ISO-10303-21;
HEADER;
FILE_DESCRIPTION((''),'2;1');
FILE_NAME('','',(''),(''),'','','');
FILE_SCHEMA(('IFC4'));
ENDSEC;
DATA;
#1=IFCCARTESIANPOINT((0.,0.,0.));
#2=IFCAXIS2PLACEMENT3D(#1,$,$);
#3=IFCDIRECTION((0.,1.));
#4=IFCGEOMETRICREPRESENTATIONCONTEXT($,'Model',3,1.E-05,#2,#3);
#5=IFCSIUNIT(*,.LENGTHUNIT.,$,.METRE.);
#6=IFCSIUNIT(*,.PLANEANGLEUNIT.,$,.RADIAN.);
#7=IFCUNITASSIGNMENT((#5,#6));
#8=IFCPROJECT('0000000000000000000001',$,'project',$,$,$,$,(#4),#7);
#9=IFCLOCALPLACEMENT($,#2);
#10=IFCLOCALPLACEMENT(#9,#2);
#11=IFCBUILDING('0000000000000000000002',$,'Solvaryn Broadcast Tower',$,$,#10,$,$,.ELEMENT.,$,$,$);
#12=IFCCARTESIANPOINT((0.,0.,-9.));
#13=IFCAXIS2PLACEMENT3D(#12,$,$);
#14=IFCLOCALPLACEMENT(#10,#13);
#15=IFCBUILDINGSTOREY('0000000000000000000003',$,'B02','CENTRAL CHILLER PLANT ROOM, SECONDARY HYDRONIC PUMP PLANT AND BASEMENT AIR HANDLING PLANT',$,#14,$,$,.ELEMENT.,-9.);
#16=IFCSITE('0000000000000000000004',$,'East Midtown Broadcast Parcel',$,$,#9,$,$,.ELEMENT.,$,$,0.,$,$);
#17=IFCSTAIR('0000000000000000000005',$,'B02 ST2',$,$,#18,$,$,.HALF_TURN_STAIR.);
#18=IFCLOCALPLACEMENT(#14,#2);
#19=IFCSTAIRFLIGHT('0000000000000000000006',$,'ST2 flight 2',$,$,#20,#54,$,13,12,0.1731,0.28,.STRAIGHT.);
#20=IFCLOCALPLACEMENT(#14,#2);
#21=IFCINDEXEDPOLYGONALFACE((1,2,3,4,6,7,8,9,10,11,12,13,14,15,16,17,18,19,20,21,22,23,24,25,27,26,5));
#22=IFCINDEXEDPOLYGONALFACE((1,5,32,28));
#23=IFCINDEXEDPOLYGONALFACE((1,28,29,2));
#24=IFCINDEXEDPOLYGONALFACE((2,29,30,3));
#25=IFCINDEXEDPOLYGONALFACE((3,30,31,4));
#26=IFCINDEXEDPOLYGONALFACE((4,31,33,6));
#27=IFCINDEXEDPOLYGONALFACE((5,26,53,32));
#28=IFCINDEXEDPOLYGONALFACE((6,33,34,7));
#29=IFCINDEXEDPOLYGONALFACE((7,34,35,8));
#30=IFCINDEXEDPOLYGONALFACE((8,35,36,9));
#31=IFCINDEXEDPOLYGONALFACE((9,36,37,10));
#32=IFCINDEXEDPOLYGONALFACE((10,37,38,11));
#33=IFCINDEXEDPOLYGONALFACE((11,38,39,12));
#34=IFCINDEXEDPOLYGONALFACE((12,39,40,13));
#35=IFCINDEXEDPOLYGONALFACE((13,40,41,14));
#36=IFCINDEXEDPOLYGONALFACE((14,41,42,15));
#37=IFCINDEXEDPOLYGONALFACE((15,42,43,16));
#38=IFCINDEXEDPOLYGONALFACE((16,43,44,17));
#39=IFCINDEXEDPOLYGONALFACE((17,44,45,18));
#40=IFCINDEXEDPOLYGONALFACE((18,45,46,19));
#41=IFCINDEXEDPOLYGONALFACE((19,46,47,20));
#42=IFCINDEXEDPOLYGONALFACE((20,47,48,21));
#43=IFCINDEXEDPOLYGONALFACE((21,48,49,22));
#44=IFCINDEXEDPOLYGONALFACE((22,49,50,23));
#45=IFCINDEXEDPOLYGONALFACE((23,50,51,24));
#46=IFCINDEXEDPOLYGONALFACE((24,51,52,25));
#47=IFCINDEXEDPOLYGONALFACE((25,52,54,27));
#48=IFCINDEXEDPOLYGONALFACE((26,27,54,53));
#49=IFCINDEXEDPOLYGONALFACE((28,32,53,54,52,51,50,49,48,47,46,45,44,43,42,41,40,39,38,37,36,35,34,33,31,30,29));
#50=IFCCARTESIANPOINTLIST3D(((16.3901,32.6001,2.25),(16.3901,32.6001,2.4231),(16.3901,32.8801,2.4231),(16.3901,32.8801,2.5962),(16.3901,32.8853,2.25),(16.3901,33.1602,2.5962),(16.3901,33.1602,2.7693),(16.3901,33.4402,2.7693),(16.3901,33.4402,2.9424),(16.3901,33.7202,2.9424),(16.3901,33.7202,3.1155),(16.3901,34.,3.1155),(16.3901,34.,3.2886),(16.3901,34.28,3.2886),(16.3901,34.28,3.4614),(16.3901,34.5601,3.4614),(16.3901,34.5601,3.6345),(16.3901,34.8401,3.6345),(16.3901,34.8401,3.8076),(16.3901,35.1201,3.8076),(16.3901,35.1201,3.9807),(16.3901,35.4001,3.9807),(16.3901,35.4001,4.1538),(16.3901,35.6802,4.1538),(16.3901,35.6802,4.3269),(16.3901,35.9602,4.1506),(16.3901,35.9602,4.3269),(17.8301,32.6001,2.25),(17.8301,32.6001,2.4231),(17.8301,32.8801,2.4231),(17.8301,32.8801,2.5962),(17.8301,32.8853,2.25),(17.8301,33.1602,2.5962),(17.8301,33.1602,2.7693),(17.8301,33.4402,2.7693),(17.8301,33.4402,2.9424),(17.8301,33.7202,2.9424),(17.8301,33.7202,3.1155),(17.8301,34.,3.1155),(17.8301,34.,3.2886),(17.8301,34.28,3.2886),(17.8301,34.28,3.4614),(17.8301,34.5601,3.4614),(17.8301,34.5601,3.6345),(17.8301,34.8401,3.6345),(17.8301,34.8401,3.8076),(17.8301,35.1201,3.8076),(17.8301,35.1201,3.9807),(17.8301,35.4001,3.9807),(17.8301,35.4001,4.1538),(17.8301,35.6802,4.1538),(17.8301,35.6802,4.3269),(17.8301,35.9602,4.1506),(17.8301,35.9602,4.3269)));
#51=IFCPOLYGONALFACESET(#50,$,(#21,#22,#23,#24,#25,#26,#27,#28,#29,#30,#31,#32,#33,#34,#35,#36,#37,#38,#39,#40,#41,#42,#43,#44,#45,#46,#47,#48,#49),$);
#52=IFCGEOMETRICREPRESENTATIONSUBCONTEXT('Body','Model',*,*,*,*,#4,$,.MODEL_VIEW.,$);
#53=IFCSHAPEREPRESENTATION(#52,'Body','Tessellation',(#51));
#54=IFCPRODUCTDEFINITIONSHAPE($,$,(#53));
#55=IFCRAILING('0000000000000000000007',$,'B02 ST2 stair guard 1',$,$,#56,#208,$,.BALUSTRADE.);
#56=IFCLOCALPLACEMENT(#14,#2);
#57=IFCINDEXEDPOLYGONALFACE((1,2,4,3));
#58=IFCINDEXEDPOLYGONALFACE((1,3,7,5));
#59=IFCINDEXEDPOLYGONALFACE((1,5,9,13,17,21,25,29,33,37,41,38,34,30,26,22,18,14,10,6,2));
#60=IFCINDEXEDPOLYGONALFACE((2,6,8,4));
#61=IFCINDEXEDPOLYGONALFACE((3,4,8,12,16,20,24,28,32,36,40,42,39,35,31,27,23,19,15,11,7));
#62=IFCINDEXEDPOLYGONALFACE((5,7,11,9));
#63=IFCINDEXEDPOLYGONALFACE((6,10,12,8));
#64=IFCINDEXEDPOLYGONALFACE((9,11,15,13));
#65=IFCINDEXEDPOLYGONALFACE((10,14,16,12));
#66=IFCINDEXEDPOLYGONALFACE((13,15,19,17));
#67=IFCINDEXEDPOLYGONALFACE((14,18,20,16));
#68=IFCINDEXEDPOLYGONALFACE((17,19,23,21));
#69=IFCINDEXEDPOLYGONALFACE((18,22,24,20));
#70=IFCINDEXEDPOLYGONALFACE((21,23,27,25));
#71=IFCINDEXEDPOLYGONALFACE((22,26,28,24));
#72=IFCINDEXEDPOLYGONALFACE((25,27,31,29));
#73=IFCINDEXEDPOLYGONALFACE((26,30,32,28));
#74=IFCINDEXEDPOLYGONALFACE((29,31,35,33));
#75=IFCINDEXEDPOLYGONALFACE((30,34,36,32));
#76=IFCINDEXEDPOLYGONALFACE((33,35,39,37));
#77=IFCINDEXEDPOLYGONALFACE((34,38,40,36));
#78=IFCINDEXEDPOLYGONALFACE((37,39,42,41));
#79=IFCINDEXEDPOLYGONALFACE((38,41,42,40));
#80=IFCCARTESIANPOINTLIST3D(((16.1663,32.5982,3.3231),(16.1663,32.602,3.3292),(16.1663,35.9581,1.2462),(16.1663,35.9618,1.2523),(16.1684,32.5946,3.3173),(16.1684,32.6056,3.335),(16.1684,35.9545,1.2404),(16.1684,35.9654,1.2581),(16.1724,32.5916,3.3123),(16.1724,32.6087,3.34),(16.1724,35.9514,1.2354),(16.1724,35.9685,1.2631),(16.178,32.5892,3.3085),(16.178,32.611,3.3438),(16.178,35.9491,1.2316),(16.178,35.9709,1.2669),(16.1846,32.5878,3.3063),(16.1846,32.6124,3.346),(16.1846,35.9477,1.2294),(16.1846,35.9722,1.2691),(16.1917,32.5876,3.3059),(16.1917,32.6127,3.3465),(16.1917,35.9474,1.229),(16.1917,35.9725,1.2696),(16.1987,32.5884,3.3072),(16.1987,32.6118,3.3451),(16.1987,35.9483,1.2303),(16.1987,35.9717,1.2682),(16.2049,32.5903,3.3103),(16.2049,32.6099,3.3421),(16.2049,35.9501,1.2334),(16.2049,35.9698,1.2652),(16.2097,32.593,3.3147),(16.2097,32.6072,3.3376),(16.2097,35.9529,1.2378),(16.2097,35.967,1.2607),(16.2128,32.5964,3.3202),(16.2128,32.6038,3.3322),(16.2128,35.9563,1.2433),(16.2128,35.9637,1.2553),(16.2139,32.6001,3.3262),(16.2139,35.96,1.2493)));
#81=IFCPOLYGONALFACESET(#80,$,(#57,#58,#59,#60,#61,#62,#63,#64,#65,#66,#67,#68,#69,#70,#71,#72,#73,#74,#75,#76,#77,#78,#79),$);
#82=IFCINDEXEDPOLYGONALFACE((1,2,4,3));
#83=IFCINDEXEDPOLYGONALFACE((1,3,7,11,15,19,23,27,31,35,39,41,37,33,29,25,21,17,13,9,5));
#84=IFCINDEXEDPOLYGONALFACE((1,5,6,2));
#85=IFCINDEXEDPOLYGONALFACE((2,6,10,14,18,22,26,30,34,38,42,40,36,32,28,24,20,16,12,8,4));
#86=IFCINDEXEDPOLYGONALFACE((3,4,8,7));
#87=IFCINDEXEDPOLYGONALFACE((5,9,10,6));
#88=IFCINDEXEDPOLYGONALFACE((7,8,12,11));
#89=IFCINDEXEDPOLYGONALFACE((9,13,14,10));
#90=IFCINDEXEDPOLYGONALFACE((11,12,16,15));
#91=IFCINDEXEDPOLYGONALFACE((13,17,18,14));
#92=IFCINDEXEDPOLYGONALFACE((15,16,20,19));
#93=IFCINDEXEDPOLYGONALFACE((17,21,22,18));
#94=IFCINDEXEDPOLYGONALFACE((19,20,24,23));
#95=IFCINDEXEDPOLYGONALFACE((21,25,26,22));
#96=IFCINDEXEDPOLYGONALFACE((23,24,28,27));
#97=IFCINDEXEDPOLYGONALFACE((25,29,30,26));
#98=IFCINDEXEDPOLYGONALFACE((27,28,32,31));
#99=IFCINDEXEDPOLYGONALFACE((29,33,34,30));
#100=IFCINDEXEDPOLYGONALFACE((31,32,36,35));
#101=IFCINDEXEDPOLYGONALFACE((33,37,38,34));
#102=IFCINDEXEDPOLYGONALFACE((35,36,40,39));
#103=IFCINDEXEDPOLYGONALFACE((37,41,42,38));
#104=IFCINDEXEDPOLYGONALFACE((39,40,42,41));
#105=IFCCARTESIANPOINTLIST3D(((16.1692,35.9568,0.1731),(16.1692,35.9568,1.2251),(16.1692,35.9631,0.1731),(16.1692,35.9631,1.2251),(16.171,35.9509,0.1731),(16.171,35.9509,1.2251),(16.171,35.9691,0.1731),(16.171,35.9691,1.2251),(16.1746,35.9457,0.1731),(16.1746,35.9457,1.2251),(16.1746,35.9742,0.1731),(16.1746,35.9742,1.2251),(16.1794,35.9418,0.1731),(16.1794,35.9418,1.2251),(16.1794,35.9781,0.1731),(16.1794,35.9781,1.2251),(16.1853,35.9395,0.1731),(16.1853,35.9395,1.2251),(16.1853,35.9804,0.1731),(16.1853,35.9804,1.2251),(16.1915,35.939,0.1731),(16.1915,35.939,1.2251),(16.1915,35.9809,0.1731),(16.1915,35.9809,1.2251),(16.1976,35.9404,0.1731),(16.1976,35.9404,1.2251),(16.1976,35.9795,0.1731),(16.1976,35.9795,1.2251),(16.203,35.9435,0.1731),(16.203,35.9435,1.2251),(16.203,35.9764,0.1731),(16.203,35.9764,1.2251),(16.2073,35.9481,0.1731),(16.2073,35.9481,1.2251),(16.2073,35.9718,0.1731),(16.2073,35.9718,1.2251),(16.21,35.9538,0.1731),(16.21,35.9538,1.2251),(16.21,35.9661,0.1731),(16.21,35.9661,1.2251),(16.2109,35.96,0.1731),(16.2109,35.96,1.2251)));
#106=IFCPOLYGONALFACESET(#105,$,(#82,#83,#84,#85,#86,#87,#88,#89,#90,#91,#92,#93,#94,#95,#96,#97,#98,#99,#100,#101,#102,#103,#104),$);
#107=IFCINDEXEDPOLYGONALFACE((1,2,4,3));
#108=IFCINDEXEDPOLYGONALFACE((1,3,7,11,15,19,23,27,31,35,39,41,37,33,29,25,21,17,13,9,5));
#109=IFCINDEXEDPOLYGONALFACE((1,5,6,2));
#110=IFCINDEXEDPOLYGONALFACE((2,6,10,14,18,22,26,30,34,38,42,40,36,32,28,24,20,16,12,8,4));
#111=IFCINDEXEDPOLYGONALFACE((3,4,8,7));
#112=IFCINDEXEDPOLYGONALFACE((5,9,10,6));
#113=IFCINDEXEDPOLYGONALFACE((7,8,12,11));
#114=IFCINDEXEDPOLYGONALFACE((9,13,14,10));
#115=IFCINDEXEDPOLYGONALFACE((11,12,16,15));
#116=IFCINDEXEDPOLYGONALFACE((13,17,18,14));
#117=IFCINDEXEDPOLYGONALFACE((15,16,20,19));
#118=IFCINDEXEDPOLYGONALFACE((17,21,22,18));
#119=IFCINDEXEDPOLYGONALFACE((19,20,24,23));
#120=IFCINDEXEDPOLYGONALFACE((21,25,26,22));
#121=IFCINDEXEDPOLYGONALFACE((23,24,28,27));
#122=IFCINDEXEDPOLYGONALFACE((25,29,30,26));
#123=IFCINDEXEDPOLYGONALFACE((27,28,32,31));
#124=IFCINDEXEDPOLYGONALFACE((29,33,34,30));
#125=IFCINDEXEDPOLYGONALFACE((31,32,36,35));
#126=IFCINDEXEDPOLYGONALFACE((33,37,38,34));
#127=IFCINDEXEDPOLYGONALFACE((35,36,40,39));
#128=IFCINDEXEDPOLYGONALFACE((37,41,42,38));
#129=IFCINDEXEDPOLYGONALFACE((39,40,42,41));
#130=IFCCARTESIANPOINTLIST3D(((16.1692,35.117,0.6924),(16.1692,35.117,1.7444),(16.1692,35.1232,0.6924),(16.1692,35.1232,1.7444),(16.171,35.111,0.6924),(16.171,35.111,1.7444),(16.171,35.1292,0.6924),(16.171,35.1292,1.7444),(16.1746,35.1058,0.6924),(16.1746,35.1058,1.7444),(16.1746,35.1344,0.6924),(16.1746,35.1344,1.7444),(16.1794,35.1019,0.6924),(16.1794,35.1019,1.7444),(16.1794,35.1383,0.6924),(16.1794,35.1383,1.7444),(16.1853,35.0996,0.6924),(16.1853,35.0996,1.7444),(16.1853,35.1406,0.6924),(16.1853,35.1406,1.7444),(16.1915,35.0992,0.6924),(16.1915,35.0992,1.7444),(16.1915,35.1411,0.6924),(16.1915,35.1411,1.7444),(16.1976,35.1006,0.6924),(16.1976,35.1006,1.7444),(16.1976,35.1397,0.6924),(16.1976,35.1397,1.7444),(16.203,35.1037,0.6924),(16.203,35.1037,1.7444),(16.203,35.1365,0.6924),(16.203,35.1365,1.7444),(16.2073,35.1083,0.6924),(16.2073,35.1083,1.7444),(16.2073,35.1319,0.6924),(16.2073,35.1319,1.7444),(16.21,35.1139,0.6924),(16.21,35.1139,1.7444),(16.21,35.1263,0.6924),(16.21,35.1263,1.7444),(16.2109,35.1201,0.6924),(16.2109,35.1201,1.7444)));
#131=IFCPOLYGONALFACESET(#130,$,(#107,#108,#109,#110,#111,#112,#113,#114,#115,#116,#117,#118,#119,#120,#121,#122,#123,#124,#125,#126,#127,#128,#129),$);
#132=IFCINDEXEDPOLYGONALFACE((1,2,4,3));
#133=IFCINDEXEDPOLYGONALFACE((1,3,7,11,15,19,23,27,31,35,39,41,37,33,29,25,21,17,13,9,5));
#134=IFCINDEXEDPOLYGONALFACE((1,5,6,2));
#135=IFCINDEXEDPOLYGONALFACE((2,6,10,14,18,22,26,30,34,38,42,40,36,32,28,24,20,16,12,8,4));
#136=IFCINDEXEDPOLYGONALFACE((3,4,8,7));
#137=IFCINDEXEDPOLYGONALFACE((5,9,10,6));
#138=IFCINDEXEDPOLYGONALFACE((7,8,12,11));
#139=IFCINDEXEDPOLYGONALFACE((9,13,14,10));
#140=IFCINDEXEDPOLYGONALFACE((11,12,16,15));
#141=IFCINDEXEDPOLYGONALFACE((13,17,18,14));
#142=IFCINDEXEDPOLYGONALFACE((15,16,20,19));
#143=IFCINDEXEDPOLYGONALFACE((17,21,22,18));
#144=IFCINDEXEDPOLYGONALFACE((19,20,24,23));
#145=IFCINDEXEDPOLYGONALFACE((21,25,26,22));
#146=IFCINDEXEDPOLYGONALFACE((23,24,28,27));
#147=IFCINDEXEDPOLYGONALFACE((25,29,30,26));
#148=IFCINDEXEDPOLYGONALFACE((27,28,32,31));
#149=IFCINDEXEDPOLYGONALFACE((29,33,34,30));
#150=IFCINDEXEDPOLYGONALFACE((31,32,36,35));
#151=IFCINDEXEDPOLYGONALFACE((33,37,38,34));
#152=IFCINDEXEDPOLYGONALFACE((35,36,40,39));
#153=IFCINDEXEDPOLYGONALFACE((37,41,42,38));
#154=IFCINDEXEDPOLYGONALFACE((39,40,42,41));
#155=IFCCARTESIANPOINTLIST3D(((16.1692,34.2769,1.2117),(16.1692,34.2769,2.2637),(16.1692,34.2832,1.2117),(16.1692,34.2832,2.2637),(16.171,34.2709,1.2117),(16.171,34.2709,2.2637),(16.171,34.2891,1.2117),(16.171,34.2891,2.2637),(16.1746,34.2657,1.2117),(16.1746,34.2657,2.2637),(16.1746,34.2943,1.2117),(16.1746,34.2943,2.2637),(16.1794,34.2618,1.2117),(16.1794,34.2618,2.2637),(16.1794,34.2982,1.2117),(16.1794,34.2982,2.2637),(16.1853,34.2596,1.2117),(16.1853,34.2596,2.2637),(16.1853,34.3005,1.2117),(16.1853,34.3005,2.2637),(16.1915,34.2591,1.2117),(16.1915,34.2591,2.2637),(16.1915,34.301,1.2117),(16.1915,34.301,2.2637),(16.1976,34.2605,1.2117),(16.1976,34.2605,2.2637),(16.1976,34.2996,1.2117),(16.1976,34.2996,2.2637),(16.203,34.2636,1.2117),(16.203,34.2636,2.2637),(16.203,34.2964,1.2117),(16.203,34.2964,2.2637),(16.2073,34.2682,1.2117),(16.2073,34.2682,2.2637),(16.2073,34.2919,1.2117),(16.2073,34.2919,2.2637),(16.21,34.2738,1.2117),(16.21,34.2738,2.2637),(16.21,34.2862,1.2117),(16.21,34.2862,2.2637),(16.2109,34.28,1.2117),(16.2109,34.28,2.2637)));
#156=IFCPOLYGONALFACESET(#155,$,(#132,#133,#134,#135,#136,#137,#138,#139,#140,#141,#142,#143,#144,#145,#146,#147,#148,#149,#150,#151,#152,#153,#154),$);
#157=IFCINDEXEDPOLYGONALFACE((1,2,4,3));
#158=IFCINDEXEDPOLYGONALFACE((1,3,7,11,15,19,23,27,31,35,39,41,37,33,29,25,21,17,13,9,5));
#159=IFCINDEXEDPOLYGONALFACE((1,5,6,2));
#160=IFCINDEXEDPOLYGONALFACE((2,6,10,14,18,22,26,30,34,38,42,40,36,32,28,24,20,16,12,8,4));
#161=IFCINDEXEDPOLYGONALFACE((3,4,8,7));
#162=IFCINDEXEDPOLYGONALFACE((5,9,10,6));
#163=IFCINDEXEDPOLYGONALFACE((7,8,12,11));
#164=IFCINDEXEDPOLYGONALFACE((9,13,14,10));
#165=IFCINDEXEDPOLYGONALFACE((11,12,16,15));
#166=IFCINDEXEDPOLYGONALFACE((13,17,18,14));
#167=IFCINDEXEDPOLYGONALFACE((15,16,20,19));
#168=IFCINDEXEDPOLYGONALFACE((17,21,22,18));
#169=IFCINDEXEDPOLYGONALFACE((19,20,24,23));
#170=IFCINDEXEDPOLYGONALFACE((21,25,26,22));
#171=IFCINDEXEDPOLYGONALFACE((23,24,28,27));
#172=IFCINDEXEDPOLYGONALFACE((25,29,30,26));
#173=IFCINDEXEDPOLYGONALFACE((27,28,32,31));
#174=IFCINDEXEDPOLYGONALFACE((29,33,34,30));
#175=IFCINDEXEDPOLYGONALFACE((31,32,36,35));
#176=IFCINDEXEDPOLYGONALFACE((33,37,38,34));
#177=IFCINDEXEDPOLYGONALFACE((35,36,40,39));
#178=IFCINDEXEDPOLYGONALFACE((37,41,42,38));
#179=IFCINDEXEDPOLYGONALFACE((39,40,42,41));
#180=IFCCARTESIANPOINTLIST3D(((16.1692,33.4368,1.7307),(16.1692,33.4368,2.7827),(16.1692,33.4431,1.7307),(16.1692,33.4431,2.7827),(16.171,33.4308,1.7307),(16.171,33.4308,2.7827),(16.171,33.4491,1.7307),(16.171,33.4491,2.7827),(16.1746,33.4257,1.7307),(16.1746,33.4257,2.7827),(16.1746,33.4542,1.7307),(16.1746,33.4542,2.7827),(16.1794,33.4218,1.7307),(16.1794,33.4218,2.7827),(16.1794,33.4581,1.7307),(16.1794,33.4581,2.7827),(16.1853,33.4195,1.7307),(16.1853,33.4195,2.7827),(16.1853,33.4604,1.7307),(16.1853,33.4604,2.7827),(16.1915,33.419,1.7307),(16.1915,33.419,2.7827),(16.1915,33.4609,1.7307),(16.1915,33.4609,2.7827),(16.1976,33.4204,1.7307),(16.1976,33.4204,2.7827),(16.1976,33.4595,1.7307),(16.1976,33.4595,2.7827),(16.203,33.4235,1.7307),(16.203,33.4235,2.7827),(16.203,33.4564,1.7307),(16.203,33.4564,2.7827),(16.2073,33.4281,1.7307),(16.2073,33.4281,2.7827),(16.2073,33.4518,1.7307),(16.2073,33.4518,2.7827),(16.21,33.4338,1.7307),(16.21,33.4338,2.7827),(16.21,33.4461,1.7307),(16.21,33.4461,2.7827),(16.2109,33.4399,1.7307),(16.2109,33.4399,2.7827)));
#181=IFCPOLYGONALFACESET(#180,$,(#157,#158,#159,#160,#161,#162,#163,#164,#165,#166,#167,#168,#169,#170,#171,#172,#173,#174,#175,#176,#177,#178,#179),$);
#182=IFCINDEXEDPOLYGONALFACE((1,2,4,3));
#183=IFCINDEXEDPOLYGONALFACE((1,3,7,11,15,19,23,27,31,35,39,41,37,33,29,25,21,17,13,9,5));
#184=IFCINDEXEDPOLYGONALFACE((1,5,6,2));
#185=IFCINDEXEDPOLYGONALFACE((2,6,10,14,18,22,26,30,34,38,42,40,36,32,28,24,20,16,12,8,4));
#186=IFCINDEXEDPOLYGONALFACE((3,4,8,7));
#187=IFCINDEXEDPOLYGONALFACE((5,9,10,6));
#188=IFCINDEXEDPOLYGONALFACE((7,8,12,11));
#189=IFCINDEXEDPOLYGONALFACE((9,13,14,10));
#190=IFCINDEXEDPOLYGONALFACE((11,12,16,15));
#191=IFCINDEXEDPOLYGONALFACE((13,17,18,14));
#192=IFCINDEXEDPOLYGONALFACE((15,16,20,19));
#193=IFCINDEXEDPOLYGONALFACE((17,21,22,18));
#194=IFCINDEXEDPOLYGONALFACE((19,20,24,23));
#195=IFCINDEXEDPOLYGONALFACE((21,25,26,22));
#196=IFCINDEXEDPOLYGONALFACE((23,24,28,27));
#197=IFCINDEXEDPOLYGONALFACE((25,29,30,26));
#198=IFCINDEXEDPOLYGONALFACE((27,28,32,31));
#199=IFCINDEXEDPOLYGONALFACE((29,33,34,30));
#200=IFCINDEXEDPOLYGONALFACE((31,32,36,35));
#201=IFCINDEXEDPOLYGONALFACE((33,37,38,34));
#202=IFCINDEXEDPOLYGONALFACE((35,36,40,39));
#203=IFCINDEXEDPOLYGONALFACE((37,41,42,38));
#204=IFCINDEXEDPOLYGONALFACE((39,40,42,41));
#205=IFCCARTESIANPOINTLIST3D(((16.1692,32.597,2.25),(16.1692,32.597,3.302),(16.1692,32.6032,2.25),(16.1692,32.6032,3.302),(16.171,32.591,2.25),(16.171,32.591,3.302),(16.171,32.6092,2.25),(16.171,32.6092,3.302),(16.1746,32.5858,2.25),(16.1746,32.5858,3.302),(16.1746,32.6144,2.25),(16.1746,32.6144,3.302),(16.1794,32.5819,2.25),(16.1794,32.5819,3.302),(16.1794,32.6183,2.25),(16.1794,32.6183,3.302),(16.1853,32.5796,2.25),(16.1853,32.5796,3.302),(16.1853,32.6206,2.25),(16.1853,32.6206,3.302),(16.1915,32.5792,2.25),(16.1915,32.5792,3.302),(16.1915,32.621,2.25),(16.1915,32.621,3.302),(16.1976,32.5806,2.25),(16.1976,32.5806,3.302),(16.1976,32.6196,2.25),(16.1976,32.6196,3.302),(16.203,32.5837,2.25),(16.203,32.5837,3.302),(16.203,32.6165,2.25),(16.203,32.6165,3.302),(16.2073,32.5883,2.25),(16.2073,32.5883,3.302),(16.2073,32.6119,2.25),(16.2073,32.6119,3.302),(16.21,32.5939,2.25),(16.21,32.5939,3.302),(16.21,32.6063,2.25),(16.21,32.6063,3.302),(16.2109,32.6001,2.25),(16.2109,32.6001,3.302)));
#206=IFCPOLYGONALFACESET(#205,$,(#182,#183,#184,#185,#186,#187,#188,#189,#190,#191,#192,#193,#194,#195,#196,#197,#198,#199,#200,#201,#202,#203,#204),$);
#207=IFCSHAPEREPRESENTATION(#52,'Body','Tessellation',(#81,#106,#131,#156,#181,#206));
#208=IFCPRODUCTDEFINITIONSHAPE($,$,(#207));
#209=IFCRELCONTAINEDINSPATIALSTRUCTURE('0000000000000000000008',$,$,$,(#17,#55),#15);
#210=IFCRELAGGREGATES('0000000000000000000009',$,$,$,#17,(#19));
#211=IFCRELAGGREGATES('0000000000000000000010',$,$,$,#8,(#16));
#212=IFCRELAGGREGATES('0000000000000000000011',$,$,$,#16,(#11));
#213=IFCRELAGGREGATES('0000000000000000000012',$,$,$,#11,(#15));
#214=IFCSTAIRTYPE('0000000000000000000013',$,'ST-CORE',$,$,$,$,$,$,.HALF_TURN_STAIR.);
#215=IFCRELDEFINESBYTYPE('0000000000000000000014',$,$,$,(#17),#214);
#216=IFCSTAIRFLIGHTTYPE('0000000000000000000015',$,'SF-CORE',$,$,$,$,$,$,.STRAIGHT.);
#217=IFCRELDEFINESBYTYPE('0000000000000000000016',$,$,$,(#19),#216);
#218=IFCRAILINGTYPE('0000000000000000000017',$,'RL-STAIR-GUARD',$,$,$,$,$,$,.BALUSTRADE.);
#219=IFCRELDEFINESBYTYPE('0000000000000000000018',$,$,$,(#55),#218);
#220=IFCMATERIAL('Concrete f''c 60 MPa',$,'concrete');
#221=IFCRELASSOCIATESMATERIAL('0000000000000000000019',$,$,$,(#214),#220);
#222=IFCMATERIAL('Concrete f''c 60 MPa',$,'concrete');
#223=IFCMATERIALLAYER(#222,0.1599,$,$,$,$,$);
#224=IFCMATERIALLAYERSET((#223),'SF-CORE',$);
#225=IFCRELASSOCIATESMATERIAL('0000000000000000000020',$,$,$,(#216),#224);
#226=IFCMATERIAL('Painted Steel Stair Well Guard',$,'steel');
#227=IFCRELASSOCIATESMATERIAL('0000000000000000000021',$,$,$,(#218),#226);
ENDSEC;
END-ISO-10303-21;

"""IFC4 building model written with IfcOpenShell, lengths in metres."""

from ifc_helpers import new_model, si_unit, direction, frame, origin, origin_2d, place, context, subcontext, project, spatial, polyline, circle, outline, extrude, material, layer, layer_set, type_object, element, aggregate, save


model = new_model("IFC4")

# Units and contexts
model_context = context("Model", 3, precision=1e-05, world=origin(), true_north=direction((0.0, 1.0)))
body_context = subcontext(model_context, "Body", "Model", "MODEL_VIEW")
ifc_project = project(units=[si_unit("LENGTHUNIT", "METRE"), si_unit("PLANEANGLEUNIT", "RADIAN")], contexts=[model_context])

# Site, building, storey
site_placement = place(None, origin())
site = spatial("IfcSite", under=ifc_project, at=site_placement, Name="East Midtown Broadcast Parcel", CompositionType="ELEMENT", RefElevation=0.0)
building_placement = place(site_placement, origin())
building = spatial("IfcBuilding", under=site, at=building_placement, Name="Solvaryn Broadcast Tower", CompositionType="ELEMENT")
storey_placement = place(building_placement, frame((0.0, 0.0, -9.0)))
storey = spatial("IfcBuildingStorey", under=building, at=storey_placement, Name="B02", Description="CENTRAL CHILLER PLANT ROOM, SECONDARY HYDRONIC PUMP PLANT AND BASEMENT AIR HANDLING PLANT", CompositionType="ELEMENT", Elevation=-9.0)

# Stair, stair flight
ifc_material_1 = material(Name="Concrete f'c 60 MPa", Category="concrete")
stair_type = type_object("IfcStairType", Name="ST-CORE", PredefinedType="HALF_TURN_STAIR", material=ifc_material_1)
stair_placement = place(storey_placement, origin())
stair = element("IfcStair", 1, at=stair_placement, inside=storey, type_object=stair_type, Name="B02 ST2", PredefinedType="HALF_TURN_STAIR")
ifc_material_2 = material(Name="Concrete f'c 60 MPa", Category="concrete")
ifc_layer_1 = layer(ifc_material_2, 0.1599)
ifc_layer_set_1 = layer_set([ifc_layer_1], Name="SF-CORE")
stair_flight_type = type_object("IfcStairFlightType", Name="SF-CORE", PredefinedType="STRAIGHT", material=ifc_layer_set_1)
stair_flight_1_placement = place(storey_placement, frame((17.1101, 32.6001, 2.25), z_axis=(0.0, 0.0, 1.0), x_axis=(0.0, 1.0, 0.0)))
stair_flight_1 = element("IfcStairFlight", 2, at=stair_flight_1_placement, type_object=stair_flight_type, Name="ST2 flight 2", NumberOfRisers=13, NumberOfTreads=12, PredefinedType="STRAIGHT", RiserHeight=0.1731, TreadLength=0.28, context=body_context, shape_type="SweptSolid", body=[
    extrude(outline(polyline([(0.0, 0.0), (0.0, 0.1731), (0.28, 0.1731), (0.28, 0.3462), (0.5601, 0.3462), (0.5601, 0.5193), (0.8401, 0.5193), (0.8401, 0.6924), (1.1201, 0.6924), (1.1201, 0.8655), (1.3999, 0.8655), (1.3999, 1.0386), (1.6799, 1.0386), (1.6799, 1.2114), (1.96, 1.2114), (1.96, 1.3845), (2.24, 1.3845), (2.24, 1.5576), (2.52, 1.5576), (2.52, 1.7307), (2.8, 1.7307), (2.8, 1.9038), (3.0801, 1.9038), (3.0801, 2.0769), (3.3601, 2.0769), (3.3601, 2.25), (3.3601, 1.9006), (0.2852, 0.0), (0.0, 0.0)])), frame((0.0, 0.72, 0.0), z_axis=(0.0, -1.0, 0.0), x_axis=(1.0, 0.0, 0.0)), (0.0, 0.0, 1.0), 1.4399),
])
aggregate(stair, [stair_flight_1])

# Railing
ifc_material_3 = material(Name="Painted Steel Stair Well Guard", Category="steel")
railing_type_1 = type_object("IfcRailingType", Name="RL-STAIR-GUARD", PredefinedType="BALUSTRADE", material=ifc_material_3)
railing_1_placement = place(storey_placement, frame((16.1899, 35.96, 0.1731)))
element("IfcRailing", 3, at=railing_1_placement, inside=storey, type_object=railing_type_1, Name="B02 ST2 stair guard 1", PredefinedType="BALUSTRADE", context=body_context, shape_type="SweptSolid", body=[
    extrude(circle(Radius=0.0239, at=origin_2d()), frame((0.0, 0.0, 1.0762), z_axis=(0.0, -0.850606, 0.525803), x_axis=(1.0, 0.0, 0.0)), (0.0, 0.0, 1.0), 3.95),
    extrude(circle(Radius=0.021, at=origin_2d()), origin(), (0.0, 0.0, 1.0), 1.052),
    extrude(circle(Radius=0.021, at=origin_2d()), frame((0.0, -0.8398, 0.5193)), (0.0, 0.0, 1.0), 1.052),
    extrude(circle(Radius=0.021, at=origin_2d()), frame((0.0, -1.6799, 1.0386)), (0.0, 0.0, 1.0), 1.052),
    extrude(circle(Radius=0.021, at=origin_2d()), frame((0.0, -2.52, 1.5576)), (0.0, 0.0, 1.0), 1.052),
    extrude(circle(Radius=0.021, at=origin_2d()), frame((0.0, -3.3599, 2.0769)), (0.0, 0.0, 1.0), 1.052),
])

save(model, "model.ifc")
